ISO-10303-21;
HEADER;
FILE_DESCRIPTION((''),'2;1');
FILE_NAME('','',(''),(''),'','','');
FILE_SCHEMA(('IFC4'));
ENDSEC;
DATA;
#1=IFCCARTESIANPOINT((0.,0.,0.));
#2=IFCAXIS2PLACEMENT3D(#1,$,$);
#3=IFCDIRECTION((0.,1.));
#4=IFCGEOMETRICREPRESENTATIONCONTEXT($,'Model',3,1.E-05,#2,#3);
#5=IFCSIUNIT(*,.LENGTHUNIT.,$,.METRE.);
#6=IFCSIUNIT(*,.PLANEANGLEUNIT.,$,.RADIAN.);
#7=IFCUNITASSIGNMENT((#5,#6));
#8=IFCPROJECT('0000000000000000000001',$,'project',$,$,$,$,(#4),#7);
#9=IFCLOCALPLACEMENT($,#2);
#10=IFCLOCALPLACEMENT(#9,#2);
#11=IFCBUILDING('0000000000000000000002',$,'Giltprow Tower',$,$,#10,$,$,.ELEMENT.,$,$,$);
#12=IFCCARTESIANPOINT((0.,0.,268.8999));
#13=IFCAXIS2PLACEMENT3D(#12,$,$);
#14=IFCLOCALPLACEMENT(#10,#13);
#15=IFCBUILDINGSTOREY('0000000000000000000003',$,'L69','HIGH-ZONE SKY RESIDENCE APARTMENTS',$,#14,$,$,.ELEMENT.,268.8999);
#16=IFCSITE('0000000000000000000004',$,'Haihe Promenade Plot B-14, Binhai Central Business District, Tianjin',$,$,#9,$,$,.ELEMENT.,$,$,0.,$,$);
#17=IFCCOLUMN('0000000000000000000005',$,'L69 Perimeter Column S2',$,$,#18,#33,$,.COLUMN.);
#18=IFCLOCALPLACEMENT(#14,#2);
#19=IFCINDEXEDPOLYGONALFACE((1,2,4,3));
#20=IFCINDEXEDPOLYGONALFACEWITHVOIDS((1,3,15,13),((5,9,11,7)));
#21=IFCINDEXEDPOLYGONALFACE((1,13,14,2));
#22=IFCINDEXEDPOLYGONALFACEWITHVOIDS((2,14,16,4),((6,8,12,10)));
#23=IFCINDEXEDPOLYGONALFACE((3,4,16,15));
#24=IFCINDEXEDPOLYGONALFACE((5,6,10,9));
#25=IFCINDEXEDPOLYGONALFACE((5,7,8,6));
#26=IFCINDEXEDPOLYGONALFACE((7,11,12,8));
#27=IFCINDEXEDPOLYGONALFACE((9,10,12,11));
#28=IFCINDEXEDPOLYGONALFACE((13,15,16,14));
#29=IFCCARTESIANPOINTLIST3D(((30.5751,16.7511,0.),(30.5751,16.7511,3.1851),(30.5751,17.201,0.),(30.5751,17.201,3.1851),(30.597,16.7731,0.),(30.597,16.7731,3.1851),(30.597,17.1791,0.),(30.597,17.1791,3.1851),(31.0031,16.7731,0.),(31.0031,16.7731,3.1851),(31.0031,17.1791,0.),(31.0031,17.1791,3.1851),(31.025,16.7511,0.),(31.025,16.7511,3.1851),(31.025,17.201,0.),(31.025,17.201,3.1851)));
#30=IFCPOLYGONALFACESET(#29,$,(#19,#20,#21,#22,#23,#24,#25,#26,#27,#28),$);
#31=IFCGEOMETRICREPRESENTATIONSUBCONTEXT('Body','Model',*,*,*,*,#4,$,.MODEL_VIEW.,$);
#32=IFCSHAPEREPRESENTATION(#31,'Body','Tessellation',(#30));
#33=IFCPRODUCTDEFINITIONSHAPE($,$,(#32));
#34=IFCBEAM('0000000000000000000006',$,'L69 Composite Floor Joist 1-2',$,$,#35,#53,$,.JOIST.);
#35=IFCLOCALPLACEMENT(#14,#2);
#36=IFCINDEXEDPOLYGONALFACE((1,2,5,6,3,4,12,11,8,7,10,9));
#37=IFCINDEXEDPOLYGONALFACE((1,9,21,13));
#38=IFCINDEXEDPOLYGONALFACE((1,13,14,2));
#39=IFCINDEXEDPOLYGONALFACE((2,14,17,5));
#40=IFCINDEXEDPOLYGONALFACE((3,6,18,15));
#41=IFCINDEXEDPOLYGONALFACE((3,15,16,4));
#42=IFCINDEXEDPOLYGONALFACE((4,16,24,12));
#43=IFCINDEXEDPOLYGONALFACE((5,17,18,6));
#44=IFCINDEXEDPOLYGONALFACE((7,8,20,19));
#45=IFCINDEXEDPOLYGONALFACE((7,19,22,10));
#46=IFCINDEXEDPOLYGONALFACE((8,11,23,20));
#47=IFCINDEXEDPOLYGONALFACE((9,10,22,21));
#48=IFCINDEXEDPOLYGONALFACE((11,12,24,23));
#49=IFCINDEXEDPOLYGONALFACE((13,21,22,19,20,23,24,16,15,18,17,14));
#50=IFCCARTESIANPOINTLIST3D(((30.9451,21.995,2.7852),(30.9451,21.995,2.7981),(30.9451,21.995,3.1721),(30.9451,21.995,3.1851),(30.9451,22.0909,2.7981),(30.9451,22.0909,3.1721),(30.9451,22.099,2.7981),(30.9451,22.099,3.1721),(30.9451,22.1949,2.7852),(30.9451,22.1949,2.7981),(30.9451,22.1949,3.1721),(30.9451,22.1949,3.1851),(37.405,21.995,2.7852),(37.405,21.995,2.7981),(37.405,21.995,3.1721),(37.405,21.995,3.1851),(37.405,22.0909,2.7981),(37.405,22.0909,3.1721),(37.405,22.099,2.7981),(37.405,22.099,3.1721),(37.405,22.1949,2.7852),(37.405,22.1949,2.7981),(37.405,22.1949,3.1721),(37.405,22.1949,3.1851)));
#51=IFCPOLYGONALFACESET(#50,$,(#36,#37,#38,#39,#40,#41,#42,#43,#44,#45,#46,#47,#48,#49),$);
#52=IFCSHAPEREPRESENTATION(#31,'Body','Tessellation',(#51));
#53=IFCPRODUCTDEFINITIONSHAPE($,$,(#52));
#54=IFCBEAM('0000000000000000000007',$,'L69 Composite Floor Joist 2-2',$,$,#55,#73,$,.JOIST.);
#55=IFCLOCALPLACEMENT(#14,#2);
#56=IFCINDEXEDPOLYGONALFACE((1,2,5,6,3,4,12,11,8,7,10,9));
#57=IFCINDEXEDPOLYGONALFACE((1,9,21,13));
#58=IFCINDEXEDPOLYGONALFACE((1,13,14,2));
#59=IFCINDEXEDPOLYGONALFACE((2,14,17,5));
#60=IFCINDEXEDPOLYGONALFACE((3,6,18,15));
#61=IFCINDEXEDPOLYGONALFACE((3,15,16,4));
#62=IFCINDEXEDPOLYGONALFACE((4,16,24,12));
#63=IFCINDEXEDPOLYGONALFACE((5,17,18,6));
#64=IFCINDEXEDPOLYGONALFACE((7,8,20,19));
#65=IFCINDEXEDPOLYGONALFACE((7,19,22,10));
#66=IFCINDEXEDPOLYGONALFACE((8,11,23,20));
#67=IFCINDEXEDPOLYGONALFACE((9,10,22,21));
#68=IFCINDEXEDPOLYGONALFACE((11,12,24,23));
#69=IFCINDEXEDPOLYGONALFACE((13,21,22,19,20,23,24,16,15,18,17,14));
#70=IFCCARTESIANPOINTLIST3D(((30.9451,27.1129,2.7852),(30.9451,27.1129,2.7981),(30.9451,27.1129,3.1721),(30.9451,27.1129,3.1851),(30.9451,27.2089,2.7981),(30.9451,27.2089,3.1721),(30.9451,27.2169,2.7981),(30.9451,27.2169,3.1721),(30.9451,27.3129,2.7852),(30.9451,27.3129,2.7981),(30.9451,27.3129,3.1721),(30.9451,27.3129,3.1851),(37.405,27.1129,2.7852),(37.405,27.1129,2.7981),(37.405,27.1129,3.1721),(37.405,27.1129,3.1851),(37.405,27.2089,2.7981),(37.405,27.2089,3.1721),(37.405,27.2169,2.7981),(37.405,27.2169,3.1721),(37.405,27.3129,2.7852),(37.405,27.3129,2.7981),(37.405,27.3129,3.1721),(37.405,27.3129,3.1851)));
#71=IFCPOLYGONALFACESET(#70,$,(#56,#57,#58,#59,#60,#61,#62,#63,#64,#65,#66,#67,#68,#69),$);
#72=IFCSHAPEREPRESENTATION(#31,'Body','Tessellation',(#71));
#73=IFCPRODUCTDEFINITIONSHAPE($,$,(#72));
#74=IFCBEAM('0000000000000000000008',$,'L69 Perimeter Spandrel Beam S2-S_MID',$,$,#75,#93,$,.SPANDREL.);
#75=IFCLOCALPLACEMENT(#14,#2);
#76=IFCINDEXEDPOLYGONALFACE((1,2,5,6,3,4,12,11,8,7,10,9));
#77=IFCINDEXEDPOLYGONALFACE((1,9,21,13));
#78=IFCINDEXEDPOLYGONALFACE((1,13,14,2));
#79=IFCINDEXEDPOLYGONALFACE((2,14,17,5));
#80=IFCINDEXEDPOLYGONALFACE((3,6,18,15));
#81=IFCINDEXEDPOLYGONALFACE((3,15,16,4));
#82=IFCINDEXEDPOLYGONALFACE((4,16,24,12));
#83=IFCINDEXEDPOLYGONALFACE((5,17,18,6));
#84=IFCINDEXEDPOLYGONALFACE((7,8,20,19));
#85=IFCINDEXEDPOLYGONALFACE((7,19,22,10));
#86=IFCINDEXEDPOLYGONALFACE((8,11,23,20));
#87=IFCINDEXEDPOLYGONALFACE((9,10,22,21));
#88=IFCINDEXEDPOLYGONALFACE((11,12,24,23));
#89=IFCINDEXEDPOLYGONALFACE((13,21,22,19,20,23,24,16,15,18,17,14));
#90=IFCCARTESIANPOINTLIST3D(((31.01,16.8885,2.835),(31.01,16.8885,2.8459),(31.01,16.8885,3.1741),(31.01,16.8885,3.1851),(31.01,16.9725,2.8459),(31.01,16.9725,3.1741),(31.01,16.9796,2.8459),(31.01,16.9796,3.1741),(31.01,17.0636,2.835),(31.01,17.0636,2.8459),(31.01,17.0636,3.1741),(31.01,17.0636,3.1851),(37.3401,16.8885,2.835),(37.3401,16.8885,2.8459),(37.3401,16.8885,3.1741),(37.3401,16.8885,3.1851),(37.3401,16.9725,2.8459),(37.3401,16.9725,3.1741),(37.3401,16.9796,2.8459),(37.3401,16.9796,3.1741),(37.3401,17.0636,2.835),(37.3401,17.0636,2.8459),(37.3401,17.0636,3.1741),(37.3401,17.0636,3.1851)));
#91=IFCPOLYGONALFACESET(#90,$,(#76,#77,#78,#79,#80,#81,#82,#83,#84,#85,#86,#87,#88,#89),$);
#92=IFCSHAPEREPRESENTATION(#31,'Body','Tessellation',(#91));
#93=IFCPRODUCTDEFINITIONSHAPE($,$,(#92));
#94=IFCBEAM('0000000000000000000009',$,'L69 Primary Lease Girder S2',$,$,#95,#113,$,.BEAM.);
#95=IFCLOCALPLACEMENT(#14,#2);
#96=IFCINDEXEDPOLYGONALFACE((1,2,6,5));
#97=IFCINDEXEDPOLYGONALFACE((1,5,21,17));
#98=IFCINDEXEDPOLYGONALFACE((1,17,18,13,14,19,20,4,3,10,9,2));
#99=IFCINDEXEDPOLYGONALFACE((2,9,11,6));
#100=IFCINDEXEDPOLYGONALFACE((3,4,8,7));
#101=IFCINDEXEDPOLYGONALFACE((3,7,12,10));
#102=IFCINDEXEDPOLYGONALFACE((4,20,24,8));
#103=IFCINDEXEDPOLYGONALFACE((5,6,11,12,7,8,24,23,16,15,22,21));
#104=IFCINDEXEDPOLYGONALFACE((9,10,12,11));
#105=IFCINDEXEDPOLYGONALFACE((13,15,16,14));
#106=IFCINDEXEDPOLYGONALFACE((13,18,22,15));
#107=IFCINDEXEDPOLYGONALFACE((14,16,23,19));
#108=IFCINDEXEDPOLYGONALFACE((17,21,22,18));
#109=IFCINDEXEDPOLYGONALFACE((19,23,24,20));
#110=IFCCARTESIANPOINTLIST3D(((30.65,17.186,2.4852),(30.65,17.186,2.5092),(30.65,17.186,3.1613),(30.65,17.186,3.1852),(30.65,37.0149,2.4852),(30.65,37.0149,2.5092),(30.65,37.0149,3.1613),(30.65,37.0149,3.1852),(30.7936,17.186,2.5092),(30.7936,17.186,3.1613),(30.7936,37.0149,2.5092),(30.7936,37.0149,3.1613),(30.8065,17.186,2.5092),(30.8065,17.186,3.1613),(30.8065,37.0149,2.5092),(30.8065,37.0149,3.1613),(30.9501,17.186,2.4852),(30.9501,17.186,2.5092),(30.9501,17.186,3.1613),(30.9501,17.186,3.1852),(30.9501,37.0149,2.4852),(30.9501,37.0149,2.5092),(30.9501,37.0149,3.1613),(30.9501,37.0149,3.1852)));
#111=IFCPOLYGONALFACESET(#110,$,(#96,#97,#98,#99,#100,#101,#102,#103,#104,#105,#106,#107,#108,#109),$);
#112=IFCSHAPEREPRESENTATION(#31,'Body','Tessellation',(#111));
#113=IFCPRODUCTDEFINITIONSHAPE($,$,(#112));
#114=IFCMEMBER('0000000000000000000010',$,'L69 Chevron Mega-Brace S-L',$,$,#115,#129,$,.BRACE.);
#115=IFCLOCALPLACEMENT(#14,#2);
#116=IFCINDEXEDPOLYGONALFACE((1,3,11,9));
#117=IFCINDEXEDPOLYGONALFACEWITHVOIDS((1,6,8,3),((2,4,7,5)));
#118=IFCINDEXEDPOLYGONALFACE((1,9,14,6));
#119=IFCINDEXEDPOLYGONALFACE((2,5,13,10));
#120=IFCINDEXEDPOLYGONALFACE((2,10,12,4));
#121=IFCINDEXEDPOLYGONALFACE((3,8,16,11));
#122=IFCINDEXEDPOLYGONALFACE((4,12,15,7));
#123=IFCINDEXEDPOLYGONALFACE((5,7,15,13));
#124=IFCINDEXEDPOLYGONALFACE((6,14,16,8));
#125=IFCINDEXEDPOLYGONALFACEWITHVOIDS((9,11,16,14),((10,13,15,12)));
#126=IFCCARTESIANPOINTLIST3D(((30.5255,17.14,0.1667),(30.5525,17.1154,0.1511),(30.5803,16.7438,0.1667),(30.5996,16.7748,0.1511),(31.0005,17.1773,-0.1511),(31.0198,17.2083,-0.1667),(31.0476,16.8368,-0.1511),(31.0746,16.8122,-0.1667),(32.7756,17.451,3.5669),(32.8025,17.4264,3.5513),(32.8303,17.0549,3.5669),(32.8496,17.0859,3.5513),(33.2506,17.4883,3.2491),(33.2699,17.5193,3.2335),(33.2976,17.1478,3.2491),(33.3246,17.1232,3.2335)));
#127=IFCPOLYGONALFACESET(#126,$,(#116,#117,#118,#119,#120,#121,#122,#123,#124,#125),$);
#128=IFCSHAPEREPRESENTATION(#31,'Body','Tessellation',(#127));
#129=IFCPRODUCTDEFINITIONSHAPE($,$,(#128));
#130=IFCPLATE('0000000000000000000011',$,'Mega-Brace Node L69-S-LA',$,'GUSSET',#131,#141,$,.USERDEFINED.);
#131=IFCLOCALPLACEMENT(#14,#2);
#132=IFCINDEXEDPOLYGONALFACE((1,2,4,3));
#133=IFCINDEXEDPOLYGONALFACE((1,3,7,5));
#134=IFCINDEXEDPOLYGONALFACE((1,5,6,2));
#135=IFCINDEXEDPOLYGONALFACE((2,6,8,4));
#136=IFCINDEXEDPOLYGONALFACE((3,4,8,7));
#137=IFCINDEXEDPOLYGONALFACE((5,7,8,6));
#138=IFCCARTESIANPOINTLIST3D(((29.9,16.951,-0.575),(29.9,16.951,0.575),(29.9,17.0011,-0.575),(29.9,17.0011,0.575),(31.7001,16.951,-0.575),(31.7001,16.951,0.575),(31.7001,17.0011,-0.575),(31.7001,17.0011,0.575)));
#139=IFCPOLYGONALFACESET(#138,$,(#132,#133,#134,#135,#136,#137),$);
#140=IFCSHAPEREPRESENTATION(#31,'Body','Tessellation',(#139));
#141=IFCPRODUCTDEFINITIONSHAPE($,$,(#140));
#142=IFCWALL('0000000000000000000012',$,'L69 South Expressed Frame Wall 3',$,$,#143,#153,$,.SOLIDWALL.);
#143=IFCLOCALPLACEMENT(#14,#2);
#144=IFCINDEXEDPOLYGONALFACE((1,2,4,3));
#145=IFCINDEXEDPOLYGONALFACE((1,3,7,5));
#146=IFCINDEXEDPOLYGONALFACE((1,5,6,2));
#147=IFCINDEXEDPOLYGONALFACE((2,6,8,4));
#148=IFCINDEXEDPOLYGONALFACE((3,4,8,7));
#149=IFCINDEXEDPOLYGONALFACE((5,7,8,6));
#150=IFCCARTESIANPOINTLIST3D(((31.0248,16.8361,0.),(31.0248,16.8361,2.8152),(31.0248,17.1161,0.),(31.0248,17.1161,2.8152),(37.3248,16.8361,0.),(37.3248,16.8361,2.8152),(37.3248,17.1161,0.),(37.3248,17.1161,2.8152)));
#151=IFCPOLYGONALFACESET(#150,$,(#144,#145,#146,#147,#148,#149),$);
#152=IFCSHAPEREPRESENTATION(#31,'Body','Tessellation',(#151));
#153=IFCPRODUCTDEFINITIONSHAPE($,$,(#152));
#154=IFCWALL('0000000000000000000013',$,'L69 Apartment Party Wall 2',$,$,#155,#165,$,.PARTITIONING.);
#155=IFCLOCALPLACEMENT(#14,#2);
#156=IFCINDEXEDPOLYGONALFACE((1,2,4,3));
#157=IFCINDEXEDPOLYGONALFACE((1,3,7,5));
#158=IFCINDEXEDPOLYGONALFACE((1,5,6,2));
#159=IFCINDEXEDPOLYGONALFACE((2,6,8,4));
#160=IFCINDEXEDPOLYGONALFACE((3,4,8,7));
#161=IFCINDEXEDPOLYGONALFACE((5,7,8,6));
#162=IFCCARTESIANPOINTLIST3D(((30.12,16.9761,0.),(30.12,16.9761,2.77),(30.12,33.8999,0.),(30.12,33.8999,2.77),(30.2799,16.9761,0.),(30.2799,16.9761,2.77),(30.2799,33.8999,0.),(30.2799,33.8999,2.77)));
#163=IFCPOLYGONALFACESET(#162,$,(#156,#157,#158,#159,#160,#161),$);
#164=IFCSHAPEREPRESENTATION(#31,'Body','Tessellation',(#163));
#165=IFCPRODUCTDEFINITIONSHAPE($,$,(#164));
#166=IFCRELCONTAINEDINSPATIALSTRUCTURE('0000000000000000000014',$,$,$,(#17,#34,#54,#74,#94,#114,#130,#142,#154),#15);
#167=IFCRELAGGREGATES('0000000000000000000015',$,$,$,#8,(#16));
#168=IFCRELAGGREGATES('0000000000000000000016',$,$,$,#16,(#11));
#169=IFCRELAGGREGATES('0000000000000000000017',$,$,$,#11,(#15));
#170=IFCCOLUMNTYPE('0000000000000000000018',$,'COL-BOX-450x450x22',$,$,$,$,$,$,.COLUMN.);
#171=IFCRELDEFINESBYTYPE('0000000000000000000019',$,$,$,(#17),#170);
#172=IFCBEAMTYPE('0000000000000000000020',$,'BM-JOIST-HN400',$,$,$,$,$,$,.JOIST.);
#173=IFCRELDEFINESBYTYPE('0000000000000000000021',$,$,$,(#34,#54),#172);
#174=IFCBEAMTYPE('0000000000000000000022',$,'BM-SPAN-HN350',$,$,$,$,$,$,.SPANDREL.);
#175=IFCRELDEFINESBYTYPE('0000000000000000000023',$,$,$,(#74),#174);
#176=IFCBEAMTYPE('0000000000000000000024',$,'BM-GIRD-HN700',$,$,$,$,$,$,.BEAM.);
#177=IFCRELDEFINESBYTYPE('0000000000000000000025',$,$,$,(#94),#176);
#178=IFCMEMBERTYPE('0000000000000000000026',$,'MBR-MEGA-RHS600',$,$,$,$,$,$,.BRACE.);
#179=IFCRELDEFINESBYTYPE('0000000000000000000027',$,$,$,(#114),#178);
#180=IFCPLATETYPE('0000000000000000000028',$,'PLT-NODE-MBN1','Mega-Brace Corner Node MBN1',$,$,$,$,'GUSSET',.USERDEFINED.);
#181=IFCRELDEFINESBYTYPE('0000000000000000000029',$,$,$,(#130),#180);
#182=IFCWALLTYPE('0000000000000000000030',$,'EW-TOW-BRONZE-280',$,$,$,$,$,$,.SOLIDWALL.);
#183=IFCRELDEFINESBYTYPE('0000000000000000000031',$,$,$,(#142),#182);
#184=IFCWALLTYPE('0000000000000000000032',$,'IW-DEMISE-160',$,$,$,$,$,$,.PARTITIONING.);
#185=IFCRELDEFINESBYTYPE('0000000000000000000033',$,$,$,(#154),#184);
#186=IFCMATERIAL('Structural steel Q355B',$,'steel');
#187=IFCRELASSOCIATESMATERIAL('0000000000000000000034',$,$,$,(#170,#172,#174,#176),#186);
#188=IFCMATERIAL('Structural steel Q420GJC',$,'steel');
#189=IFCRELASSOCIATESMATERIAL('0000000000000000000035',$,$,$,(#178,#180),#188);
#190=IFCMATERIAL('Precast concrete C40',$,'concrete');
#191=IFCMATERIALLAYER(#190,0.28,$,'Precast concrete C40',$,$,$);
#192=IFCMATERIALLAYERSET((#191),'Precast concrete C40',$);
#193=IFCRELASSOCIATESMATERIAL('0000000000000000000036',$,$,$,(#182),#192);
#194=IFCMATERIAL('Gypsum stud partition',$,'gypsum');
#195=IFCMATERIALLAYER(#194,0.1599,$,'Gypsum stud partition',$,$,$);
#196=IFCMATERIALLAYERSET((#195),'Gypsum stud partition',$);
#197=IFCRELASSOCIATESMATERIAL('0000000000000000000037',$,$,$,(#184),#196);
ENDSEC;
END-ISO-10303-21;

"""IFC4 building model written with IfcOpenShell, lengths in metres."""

from ifc_helpers import new_model, si_unit, direction, frame, frame_2d, origin, origin_2d, place, context, subcontext, project, spatial, rectangle, hollow_rectangle, i_section, extrude, source, transform, mapped, material, layer, layer_set, material_profile, profile_set, type_object, element, save


model = new_model("IFC4")

# Units and contexts
model_context = context("Model", 3, precision=1e-05, world=origin(), true_north=direction((0.0, 1.0)))
body_context = subcontext(model_context, "Body", "Model", "MODEL_VIEW")
ifc_project = project(units=[si_unit("LENGTHUNIT", "METRE"), si_unit("PLANEANGLEUNIT", "RADIAN")], contexts=[model_context])

# Site, building, storey
site_placement = place(None, origin())
site = spatial("IfcSite", under=ifc_project, at=site_placement, Name="Haihe Promenade Plot B-14, Binhai Central Business District, Tianjin", CompositionType="ELEMENT", RefElevation=0.0)
building_placement = place(site_placement, origin())
building = spatial("IfcBuilding", under=site, at=building_placement, Name="Giltprow Tower", CompositionType="ELEMENT")
storey_placement = place(building_placement, frame((0.0, 0.0, 268.8999)))
storey = spatial("IfcBuildingStorey", under=building, at=storey_placement, Name="L69", Description="HIGH-ZONE SKY RESIDENCE APARTMENTS", CompositionType="ELEMENT", Elevation=268.8999)

# Column
ifc_material_1 = material(Name="Structural steel Q355B", Category="steel")
ifc_material_profile_1 = material_profile(ifc_material_1, hollow_rectangle(XDim=0.45, YDim=0.45, WallThickness=0.022, at=origin_2d()), Name="BOX 450x450x22")
ifc_profile_set_1 = profile_set([ifc_material_profile_1], Name="Structural steel Q355B")
column_type = type_object("IfcColumnType", Name="COL-BOX-450x450x22", PredefinedType="COLUMN", material=ifc_profile_set_1)
shared_shape_1 = source(origin(), body_context, "Body", "SweptSolid", [
    extrude(hollow_rectangle(XDim=0.45, YDim=0.45, WallThickness=0.022, at=origin_2d()), origin(), (0.0, 0.0, 1.0), 3.1851),
])
column_placement = place(storey_placement, frame((30.8, 16.9761, 0.0), z_axis=(0.0, 0.0, 1.0), x_axis=(1.0, 0.0, 0.0)))
element("IfcColumn", 1, at=column_placement, inside=storey, type_object=column_type, Name="L69 Perimeter Column S2", PredefinedType="COLUMN", context=body_context, shape_type="MappedRepresentation", body=[
    mapped(shared_shape_1, transform((0.0, 0.0, 0.0), x_axis=(1.0, 0.0, 0.0), y_axis=(0.0, 1.0, 0.0), z_axis=(0.0, 0.0, 1.0), scale=1.0)),
])

# Beams
ifc_material_profile_2 = material_profile(ifc_material_1, i_section(OverallWidth=0.2, OverallDepth=0.3999, WebThickness=0.0081, FlangeThickness=0.0129, at=origin_2d()), Name="HN 400x200x8x13")
ifc_profile_set_2 = profile_set([ifc_material_profile_2], Name="Structural steel Q355B")
beam_type_1 = type_object("IfcBeamType", Name="BM-JOIST-HN400", PredefinedType="JOIST", material=ifc_profile_set_2)
shared_shape_2 = source(origin(), body_context, "Body", "SweptSolid", [
    extrude(i_section(OverallWidth=0.2, OverallDepth=0.3999, WebThickness=0.0081, FlangeThickness=0.0129, at=origin_2d()), origin(), (0.0, 0.0, 1.0), 6.46),
])
for number, where, z_axis, x_axis, name in (
    (2, (30.9451, 22.095, 2.9851), (1.0, 0.0, 0.0), (0.0, 1.0, 0.0), "L69 Composite Floor Joist 1-2"),
    (3, (30.9451, 27.2129, 2.9851), (1.0, 0.0, 0.0), (0.0, 1.0, 0.0), "L69 Composite Floor Joist 2-2"),
):
    element("IfcBeam", number, at=place(storey_placement, frame(where, z_axis=z_axis, x_axis=x_axis)), inside=storey, type_object=beam_type_1, Name=name, PredefinedType="JOIST", context=body_context, shape_type="MappedRepresentation", body=[
        mapped(shared_shape_2, transform((0.0, 0.0, 0.0), x_axis=(1.0, 0.0, 0.0), y_axis=(0.0, 1.0, 0.0), z_axis=(0.0, 0.0, 1.0), scale=1.0)),
    ])
ifc_material_profile_3 = material_profile(ifc_material_1, i_section(OverallWidth=0.175, OverallDepth=0.3501, WebThickness=0.0071, FlangeThickness=0.011, at=origin_2d()), Name="HN 350x175x7x11")
ifc_profile_set_3 = profile_set([ifc_material_profile_3], Name="Structural steel Q355B")
beam_type_2 = type_object("IfcBeamType", Name="BM-SPAN-HN350", PredefinedType="SPANDREL", material=ifc_profile_set_3)
shared_shape_3 = source(origin(), body_context, "Body", "SweptSolid", [
    extrude(i_section(OverallWidth=0.175, OverallDepth=0.3501, WebThickness=0.0071, FlangeThickness=0.011, at=origin_2d()), origin(), (0.0, 0.0, 1.0), 6.3301),
])
beam_1_placement = place(storey_placement, frame((31.01, 16.9761, 3.01), z_axis=(1.0, 0.0, 0.0), x_axis=(0.0, 1.0, 0.0)))
element("IfcBeam", 4, at=beam_1_placement, inside=storey, type_object=beam_type_2, Name="L69 Perimeter Spandrel Beam S2-S_MID", PredefinedType="SPANDREL", context=body_context, shape_type="MappedRepresentation", body=[
    mapped(shared_shape_3, transform((0.0, 0.0, 0.0), x_axis=(1.0, 0.0, 0.0), y_axis=(0.0, 1.0, 0.0), z_axis=(0.0, 0.0, 1.0), scale=1.0)),
])
ifc_material_profile_4 = material_profile(ifc_material_1, i_section(OverallWidth=0.3, OverallDepth=0.7, WebThickness=0.0129, FlangeThickness=0.0239, at=origin_2d()), Name="HN 700x300x13x24")
ifc_profile_set_4 = profile_set([ifc_material_profile_4], Name="Structural steel Q355B")
beam_type_3 = type_object("IfcBeamType", Name="BM-GIRD-HN700", PredefinedType="BEAM", material=ifc_profile_set_4)
shared_shape_4 = source(origin(), body_context, "Body", "SweptSolid", [
    extrude(i_section(OverallWidth=0.3, OverallDepth=0.7, WebThickness=0.0129, FlangeThickness=0.0239, at=origin_2d()), origin(), (0.0, 0.0, 1.0), 19.8289),
])
beam_2_placement = place(storey_placement, frame((30.8, 17.186, 2.8352), z_axis=(0.0, 1.0, 0.0), x_axis=(-1.0, 0.0, 0.0)))
element("IfcBeam", 5, at=beam_2_placement, inside=storey, type_object=beam_type_3, Name="L69 Primary Lease Girder S2", PredefinedType="BEAM", context=body_context, shape_type="MappedRepresentation", body=[
    mapped(shared_shape_4, transform((0.0, 0.0, 0.0), x_axis=(1.0, 0.0, 0.0), y_axis=(0.0, 1.0, 0.0), z_axis=(0.0, 0.0, 1.0), scale=1.0)),
])

# Member
ifc_material_2 = material(Name="Structural steel Q420GJC", Category="steel")
ifc_material_profile_5 = material_profile(ifc_material_2, hollow_rectangle(XDim=0.3999, YDim=0.6001, WallThickness=0.0281, at=origin_2d()), Name="RHS 600x400x28")
ifc_profile_set_5 = profile_set([ifc_material_profile_5], Name="Structural steel Q420GJC")
member_type = type_object("IfcMemberType", Name="MBR-MEGA-RHS600", PredefinedType="BRACE", material=ifc_profile_set_5)
shared_shape_5 = source(origin(), body_context, "Body", "SweptSolid", [
    extrude(hollow_rectangle(XDim=0.3999, YDim=0.6001, WallThickness=0.0281, at=origin_2d()), origin(), (0.0, 0.0, 1.0), 4.0891),
])
member_placement = place(storey_placement, frame((30.8, 16.9761, 0.0), z_axis=(0.550252, 0.076066, 0.831527), x_axis=(-0.136936, 0.99058, 0.0)))
element("IfcMember", 6, at=member_placement, inside=storey, type_object=member_type, Name="L69 Chevron Mega-Brace S-L", PredefinedType="BRACE", context=body_context, shape_type="MappedRepresentation", body=[
    mapped(shared_shape_5, transform((0.0, 0.0, 0.0), x_axis=(1.0, 0.0, 0.0), y_axis=(0.0, 1.0, 0.0), z_axis=(0.0, 0.0, 1.0), scale=1.0)),
])

# Plate
plate_type = type_object("IfcPlateType", Name="PLT-NODE-MBN1", Description="Mega-Brace Corner Node MBN1", ElementType="GUSSET", PredefinedType="USERDEFINED", material=ifc_material_2)
shared_shape_6 = source(origin(), body_context, "Body", "SweptSolid", [
    extrude(rectangle(XDim=1.8, YDim=0.05, at=origin_2d()), origin(), (0.0, 0.0, 1.0), 1.1499),
])
plate_placement = place(storey_placement, frame((30.8, 16.9761, -0.575), z_axis=(0.0, 0.0, 1.0), x_axis=(1.0, 0.0, 0.0)))
element("IfcPlate", 7, at=plate_placement, inside=storey, type_object=plate_type, Name="Mega-Brace Node L69-S-LA", ObjectType="GUSSET", PredefinedType="USERDEFINED", context=body_context, shape_type="MappedRepresentation", body=[
    mapped(shared_shape_6, transform((0.0, 0.0, 0.0), x_axis=(1.0, 0.0, 0.0), y_axis=(0.0, 1.0, 0.0), z_axis=(0.0, 0.0, 1.0), scale=1.0)),
])

# Walls
ifc_material_3 = material(Name="Precast concrete C40", Category="concrete")
ifc_layer_1 = layer(ifc_material_3, 0.28, Name="Precast concrete C40")
ifc_layer_set_1 = layer_set([ifc_layer_1], Name="Precast concrete C40")
wall_type_1 = type_object("IfcWallType", Name="EW-TOW-BRONZE-280", PredefinedType="SOLIDWALL", material=ifc_layer_set_1)
wall_1_placement = place(storey_placement, frame((31.0249, 16.9761, 0.0), z_axis=(0.0, 0.0, 1.0), x_axis=(1.0, 0.0, 0.0)))
element("IfcWall", 8, at=wall_1_placement, inside=storey, type_object=wall_type_1, Name="L69 South Expressed Frame Wall 3", PredefinedType="SOLIDWALL", context=body_context, shape_type="SweptSolid", body=[
    extrude(rectangle(XDim=6.3, YDim=0.28, at=frame_2d((3.1499, 0.0))), origin(), (0.0, 0.0, 1.0), 2.8152),
])
ifc_material_4 = material(Name="Gypsum stud partition", Category="gypsum")
ifc_layer_2 = layer(ifc_material_4, 0.1599, Name="Gypsum stud partition")
ifc_layer_set_2 = layer_set([ifc_layer_2], Name="Gypsum stud partition")
wall_type_2 = type_object("IfcWallType", Name="IW-DEMISE-160", PredefinedType="PARTITIONING", material=ifc_layer_set_2)
wall_2_placement = place(storey_placement, frame((30.2, 16.9761, 0.0), z_axis=(0.0, 0.0, 1.0), x_axis=(0.0, 1.0, 0.0)))
element("IfcWall", 9, at=wall_2_placement, inside=storey, type_object=wall_type_2, Name="L69 Apartment Party Wall 2", PredefinedType="PARTITIONING", context=body_context, shape_type="SweptSolid", body=[
    extrude(rectangle(XDim=16.9238, YDim=0.1599, at=frame_2d((8.4619, 0.0))), origin(), (0.0, 0.0, 1.0), 2.77),
])

save(model, "model.ifc")
